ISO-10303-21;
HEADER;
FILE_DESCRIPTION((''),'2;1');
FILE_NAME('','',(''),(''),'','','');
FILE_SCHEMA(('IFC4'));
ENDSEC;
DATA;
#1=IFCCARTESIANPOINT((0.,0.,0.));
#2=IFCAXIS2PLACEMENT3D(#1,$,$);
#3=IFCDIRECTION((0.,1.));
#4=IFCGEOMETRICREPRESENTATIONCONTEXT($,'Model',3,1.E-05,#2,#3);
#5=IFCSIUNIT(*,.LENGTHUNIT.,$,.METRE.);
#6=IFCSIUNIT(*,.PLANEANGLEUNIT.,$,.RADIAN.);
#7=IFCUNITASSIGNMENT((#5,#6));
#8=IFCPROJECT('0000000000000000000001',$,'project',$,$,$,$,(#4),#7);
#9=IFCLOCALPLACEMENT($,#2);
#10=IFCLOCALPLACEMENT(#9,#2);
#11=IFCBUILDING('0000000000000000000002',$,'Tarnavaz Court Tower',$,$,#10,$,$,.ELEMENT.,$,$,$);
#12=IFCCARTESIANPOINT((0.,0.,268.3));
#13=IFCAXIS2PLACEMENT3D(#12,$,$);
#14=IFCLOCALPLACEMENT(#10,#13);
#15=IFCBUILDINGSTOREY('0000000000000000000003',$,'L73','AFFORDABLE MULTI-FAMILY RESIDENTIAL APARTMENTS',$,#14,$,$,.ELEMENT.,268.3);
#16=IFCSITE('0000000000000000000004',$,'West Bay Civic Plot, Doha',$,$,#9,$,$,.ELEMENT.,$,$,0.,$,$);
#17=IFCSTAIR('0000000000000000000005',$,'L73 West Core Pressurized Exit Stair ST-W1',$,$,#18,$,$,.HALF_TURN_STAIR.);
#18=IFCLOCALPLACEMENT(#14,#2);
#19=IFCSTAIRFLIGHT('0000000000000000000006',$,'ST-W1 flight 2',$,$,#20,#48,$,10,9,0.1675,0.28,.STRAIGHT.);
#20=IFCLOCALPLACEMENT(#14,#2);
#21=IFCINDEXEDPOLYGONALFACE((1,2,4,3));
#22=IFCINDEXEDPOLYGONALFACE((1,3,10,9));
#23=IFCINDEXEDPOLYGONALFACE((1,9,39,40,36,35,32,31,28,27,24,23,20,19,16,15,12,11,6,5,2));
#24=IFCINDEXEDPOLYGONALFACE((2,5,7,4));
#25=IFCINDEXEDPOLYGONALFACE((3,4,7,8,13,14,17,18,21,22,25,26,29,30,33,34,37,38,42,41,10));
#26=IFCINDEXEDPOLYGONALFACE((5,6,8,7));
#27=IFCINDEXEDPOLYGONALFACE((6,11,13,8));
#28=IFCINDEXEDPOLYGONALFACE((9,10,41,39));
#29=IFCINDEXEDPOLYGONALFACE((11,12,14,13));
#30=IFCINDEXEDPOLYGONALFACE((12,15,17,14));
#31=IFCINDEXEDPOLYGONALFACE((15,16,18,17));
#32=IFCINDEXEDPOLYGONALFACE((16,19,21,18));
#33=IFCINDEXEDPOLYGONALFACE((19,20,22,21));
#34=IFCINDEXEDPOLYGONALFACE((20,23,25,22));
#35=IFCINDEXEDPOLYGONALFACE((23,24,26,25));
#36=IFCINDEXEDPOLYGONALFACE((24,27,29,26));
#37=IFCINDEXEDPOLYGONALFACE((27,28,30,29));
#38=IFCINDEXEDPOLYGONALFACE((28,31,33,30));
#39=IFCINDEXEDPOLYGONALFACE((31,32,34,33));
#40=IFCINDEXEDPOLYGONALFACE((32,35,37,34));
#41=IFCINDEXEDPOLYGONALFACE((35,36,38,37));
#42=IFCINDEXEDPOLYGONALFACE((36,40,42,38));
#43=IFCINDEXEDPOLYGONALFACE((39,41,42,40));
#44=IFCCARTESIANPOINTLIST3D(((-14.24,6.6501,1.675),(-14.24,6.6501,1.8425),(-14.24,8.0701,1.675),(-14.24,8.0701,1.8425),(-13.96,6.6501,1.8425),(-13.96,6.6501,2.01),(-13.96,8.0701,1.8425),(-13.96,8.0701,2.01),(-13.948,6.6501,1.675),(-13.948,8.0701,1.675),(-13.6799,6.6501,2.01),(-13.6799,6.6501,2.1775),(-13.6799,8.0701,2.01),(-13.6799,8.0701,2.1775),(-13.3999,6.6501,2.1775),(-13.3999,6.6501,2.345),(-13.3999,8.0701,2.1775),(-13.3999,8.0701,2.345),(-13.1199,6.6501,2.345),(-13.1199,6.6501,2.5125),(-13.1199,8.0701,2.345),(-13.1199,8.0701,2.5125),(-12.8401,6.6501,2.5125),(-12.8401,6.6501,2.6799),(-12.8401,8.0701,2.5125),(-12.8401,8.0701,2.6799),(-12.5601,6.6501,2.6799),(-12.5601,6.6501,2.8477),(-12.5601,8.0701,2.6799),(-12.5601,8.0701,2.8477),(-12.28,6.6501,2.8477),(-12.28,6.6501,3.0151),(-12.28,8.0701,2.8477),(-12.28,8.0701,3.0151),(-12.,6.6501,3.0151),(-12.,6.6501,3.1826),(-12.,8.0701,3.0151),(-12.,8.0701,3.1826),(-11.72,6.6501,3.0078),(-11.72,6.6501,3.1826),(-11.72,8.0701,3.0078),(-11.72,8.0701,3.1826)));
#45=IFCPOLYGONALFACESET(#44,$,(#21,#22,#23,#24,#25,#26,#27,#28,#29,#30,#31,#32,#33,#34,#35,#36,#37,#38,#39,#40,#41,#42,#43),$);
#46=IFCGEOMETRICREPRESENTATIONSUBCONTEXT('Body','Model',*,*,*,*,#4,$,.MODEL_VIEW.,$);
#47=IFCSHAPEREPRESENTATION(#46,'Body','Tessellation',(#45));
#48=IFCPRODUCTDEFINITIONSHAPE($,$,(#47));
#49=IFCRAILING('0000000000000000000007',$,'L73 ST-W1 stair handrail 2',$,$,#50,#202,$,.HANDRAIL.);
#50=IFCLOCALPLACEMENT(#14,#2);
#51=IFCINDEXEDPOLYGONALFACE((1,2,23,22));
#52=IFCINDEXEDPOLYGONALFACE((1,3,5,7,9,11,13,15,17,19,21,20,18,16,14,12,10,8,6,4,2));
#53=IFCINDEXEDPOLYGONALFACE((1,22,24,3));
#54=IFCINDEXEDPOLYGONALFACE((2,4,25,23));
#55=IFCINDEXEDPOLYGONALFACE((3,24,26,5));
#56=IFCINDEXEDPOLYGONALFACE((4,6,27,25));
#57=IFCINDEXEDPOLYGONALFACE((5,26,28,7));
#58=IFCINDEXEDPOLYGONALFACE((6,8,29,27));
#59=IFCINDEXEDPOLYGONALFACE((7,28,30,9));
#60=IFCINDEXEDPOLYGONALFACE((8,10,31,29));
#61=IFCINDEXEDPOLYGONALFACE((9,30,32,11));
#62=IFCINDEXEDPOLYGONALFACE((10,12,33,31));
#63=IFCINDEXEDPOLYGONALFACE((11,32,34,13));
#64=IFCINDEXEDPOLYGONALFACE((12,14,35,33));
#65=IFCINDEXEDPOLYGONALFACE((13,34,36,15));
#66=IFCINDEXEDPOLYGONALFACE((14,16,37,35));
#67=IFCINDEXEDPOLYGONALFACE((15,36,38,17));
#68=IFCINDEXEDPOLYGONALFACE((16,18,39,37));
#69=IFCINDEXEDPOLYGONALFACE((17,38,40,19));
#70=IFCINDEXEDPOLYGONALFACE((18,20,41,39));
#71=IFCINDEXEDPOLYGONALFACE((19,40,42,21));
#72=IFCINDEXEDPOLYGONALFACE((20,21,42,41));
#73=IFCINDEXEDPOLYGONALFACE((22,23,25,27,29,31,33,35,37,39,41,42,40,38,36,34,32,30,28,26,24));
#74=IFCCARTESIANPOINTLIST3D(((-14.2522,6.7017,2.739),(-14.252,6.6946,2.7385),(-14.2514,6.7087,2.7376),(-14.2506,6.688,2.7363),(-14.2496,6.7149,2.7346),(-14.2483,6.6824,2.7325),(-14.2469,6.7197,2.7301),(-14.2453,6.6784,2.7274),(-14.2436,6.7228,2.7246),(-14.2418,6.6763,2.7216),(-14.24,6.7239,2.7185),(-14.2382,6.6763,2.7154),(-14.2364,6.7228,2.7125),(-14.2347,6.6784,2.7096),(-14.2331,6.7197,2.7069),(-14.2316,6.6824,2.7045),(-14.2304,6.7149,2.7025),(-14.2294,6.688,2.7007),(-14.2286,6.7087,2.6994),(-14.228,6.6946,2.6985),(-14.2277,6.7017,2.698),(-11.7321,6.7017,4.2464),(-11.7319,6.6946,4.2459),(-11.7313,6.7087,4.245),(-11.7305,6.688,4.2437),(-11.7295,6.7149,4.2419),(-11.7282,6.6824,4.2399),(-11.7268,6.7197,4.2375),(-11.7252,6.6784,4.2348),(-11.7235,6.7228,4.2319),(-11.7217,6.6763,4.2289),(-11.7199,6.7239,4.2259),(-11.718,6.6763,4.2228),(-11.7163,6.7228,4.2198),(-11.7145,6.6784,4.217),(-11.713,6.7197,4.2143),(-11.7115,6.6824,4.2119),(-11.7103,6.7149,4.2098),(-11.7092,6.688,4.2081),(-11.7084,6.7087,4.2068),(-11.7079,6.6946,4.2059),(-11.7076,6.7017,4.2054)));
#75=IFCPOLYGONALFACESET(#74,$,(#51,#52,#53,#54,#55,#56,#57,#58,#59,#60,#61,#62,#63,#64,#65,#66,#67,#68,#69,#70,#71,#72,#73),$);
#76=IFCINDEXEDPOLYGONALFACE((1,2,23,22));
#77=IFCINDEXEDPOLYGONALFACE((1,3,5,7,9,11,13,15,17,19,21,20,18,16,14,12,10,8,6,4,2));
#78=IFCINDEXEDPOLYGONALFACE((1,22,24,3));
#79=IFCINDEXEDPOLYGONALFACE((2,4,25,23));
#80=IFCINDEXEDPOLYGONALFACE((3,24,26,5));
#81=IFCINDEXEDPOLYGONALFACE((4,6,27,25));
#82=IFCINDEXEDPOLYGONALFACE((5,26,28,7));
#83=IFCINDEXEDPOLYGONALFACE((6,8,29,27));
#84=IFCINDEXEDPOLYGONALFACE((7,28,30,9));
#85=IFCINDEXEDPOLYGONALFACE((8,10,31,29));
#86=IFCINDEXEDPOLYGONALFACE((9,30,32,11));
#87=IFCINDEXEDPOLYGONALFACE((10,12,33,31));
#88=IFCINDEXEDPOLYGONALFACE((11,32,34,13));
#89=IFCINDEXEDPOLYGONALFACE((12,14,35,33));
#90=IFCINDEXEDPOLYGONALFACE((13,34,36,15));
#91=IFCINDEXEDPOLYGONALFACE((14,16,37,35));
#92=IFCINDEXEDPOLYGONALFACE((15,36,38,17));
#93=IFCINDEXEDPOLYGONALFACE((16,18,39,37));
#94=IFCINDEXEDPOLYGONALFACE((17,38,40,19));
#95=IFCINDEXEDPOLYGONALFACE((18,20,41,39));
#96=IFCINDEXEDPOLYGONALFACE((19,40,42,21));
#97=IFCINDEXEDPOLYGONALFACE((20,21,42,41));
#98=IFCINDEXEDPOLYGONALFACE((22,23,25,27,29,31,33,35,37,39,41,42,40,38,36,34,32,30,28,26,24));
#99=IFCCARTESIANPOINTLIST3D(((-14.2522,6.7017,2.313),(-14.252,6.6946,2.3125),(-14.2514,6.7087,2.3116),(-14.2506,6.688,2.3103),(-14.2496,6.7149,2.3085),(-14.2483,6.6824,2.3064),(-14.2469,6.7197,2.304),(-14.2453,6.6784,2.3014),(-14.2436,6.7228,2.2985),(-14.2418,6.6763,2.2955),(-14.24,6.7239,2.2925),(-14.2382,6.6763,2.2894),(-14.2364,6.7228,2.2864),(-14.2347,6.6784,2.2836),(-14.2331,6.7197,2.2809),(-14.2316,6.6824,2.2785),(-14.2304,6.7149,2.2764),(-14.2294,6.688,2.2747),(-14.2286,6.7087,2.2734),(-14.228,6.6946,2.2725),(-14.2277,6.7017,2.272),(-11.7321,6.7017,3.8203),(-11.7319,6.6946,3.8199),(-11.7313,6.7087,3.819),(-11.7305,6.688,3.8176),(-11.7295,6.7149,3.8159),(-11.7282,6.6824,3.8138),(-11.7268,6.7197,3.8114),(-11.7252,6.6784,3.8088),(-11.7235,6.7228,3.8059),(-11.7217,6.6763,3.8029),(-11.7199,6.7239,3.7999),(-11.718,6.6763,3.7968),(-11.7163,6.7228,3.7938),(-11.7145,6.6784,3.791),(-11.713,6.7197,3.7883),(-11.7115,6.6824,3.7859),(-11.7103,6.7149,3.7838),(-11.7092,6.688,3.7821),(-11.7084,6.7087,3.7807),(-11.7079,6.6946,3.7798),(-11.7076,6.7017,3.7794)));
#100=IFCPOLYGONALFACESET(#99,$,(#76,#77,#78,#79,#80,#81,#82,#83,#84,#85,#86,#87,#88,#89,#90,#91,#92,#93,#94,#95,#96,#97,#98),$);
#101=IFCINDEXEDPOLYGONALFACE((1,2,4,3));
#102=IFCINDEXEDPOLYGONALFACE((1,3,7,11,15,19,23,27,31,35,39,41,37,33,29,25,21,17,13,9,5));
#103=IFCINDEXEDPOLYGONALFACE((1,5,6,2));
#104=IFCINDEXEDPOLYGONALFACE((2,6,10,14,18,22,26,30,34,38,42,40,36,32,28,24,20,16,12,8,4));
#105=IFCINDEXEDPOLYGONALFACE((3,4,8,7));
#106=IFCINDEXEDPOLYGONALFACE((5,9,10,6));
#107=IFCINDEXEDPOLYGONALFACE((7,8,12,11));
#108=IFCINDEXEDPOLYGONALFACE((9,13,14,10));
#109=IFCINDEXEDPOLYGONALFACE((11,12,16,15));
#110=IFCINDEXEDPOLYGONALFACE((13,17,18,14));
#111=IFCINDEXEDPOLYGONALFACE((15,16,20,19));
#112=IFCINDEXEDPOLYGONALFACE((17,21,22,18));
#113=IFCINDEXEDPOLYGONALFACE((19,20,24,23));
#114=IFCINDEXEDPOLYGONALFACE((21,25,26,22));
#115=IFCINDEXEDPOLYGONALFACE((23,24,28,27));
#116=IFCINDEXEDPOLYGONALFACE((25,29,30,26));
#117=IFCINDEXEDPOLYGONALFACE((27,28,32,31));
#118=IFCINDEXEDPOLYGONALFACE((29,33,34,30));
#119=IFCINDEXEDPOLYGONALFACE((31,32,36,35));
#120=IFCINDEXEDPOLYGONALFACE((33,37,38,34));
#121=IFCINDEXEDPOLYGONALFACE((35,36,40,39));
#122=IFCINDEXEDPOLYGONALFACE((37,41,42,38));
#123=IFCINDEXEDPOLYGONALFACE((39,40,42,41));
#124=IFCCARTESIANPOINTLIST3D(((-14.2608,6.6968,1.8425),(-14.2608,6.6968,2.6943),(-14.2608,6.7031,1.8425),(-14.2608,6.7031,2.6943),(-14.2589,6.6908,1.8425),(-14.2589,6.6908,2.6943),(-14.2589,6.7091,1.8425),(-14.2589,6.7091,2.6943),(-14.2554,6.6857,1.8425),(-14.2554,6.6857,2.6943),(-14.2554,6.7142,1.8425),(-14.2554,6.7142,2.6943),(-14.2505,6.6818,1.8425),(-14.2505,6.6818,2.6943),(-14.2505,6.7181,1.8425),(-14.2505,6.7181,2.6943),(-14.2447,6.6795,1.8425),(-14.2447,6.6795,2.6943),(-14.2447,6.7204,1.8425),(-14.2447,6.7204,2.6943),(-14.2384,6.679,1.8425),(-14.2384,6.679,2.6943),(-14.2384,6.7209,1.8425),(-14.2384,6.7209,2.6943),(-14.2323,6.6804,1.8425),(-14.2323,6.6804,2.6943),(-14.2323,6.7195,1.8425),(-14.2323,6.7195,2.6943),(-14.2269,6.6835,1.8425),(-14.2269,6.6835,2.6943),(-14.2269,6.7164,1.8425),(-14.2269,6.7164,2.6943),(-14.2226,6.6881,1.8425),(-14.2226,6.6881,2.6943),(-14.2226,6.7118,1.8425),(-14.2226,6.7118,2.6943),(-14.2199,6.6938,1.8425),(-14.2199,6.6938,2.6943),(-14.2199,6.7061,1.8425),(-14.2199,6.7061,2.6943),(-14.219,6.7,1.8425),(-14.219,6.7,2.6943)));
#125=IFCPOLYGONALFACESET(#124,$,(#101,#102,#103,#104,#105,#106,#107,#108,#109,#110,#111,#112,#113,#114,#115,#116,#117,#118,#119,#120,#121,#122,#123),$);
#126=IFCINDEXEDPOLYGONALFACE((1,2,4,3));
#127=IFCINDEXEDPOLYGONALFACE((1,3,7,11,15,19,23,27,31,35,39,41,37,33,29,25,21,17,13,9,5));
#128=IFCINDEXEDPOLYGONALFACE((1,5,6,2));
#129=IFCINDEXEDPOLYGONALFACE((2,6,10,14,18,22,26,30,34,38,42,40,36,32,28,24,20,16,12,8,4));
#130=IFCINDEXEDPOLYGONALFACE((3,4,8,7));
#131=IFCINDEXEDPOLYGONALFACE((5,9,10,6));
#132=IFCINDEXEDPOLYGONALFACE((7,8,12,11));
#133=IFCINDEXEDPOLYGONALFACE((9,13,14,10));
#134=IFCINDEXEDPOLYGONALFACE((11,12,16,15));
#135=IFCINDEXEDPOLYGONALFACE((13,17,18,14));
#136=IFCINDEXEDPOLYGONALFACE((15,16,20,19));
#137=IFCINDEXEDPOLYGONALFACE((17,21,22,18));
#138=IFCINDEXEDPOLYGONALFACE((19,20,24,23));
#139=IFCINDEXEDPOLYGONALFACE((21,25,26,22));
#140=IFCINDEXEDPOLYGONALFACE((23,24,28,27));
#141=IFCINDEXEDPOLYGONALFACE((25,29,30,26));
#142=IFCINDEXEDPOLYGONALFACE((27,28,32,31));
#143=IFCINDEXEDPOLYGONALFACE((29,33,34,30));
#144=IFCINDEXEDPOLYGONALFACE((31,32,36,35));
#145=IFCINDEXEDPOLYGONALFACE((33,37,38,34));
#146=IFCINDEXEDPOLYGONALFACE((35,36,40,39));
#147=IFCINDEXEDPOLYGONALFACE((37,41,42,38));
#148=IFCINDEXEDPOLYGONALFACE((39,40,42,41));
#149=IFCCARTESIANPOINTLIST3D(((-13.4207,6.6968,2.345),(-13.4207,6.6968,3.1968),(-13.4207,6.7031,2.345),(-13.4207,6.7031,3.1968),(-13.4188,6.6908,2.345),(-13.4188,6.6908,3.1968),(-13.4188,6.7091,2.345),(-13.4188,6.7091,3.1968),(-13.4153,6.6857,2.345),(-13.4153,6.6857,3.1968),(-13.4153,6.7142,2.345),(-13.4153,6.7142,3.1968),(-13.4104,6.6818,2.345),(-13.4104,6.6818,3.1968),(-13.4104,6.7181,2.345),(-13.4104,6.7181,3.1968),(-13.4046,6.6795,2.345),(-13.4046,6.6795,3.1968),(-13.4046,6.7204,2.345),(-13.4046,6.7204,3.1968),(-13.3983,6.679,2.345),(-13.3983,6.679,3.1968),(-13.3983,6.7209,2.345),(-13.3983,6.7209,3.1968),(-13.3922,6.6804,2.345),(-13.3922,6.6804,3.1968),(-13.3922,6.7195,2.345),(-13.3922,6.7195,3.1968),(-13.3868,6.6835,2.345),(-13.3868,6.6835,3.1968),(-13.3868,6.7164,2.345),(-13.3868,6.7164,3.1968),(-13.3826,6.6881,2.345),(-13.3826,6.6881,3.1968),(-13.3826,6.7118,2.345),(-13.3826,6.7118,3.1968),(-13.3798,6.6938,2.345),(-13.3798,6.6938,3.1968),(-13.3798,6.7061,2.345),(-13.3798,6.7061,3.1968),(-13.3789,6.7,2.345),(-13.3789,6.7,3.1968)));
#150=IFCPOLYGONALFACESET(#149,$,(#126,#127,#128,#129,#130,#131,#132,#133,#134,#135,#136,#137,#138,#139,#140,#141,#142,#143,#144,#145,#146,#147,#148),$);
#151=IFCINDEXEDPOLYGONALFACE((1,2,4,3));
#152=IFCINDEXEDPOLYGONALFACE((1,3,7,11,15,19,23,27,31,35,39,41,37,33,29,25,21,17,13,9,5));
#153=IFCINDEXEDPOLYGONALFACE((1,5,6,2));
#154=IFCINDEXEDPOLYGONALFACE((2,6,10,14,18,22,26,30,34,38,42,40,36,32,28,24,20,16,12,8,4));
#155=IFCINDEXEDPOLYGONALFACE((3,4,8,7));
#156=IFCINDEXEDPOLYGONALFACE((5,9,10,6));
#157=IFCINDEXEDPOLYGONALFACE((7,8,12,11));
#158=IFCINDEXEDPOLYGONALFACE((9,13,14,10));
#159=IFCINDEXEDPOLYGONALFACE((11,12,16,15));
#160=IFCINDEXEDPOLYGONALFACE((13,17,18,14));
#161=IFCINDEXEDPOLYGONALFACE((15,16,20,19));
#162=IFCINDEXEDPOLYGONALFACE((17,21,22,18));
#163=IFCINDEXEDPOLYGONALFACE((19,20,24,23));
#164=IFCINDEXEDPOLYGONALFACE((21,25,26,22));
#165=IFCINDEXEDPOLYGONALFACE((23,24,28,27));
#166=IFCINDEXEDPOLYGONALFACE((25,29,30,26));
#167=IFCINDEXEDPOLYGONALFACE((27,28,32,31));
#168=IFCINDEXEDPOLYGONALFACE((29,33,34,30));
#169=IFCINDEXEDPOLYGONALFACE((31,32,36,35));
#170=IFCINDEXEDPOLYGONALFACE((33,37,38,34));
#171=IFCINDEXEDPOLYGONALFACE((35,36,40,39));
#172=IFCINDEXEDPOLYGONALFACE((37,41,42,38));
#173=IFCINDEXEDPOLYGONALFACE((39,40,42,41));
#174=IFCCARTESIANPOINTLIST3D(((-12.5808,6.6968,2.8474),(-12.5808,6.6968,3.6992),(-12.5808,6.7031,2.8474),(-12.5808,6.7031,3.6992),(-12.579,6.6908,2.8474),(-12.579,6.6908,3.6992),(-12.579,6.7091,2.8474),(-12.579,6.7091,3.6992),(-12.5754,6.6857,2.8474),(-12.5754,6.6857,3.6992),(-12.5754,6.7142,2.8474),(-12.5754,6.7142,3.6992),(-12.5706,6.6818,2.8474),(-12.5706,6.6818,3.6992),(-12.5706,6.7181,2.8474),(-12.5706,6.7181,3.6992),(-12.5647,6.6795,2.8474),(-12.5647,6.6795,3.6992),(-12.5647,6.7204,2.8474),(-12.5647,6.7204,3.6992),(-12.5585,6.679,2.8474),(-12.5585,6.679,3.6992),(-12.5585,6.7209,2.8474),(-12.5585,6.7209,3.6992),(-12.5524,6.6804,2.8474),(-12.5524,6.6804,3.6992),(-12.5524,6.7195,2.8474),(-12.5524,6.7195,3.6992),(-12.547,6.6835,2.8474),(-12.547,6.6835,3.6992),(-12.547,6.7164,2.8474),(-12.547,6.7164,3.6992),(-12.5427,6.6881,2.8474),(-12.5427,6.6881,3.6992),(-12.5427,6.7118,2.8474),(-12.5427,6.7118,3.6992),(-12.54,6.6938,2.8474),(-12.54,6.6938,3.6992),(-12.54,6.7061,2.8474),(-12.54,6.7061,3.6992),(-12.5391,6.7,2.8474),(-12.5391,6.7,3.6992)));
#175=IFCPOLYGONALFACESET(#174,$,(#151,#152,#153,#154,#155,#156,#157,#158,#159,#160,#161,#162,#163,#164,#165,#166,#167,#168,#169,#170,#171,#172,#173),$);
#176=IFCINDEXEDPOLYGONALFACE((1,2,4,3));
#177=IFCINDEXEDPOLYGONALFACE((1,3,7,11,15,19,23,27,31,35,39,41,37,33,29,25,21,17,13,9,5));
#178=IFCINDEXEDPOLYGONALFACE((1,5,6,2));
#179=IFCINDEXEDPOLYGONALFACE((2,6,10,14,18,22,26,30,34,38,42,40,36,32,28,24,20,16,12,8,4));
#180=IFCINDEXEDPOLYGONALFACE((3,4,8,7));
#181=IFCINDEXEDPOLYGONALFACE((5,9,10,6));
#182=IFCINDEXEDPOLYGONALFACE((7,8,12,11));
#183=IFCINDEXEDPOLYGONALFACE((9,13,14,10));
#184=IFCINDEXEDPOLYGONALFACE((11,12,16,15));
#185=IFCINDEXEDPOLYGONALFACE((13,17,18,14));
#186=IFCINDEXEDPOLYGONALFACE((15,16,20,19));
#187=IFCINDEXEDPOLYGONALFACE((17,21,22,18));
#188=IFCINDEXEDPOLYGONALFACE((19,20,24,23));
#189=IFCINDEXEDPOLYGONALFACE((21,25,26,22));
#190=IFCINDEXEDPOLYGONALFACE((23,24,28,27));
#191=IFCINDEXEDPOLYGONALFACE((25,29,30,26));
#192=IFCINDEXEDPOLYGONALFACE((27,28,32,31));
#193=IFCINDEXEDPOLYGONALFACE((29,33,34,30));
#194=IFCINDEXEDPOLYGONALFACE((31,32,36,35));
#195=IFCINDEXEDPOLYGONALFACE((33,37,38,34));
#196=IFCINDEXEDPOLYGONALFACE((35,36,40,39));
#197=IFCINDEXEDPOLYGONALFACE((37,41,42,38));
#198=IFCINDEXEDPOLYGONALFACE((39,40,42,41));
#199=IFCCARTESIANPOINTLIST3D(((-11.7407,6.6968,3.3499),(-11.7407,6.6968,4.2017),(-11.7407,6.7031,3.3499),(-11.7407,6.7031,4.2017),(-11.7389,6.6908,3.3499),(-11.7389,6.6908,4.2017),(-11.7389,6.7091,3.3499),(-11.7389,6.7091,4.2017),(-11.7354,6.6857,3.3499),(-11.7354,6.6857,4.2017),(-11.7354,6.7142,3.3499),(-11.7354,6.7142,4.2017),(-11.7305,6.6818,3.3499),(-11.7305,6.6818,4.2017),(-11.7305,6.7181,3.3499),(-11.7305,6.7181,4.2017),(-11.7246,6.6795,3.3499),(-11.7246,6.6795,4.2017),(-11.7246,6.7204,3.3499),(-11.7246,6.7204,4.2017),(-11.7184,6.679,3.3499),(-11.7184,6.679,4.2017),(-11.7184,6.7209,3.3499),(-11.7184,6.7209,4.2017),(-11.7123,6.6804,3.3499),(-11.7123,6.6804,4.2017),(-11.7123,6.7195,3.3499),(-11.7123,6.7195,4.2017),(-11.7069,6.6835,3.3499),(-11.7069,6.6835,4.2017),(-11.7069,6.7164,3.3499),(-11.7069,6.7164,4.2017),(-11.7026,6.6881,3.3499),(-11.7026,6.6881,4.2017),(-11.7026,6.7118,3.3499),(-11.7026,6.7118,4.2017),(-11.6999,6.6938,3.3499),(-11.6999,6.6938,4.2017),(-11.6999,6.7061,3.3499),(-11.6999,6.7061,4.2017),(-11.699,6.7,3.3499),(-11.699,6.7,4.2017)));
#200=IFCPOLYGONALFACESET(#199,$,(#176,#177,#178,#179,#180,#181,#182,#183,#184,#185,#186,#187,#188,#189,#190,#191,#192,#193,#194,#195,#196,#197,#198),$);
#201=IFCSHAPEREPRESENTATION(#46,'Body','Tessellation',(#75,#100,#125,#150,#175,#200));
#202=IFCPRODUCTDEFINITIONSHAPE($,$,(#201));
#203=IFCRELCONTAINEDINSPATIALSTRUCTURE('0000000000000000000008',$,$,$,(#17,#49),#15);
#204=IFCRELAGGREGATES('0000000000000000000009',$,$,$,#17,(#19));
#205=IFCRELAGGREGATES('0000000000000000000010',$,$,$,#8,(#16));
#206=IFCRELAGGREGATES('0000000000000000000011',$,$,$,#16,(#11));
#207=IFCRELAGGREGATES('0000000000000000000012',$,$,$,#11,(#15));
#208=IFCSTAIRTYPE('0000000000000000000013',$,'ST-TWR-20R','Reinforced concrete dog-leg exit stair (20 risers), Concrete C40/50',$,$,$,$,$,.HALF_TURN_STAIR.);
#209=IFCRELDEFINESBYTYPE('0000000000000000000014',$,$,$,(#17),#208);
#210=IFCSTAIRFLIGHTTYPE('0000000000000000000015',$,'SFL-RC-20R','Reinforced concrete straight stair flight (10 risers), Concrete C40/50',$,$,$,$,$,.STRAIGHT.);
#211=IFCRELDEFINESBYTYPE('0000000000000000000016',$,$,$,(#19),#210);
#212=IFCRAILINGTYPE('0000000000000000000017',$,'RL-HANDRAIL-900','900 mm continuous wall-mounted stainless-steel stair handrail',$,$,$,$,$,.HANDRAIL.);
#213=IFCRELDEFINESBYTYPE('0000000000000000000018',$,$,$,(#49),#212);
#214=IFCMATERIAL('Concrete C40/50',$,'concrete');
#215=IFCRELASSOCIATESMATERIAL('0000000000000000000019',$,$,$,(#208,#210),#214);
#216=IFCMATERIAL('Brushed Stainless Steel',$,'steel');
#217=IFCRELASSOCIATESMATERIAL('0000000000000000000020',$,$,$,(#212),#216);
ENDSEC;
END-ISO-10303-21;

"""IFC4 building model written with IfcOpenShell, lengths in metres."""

from ifc_helpers import new_model, si_unit, direction, frame, origin, origin_2d, place, context, subcontext, project, spatial, polyline, circle, outline, extrude, material, type_object, element, aggregate, save


model = new_model("IFC4")

# Units and contexts
model_context = context("Model", 3, precision=1e-05, world=origin(), true_north=direction((0.0, 1.0)))
body_context = subcontext(model_context, "Body", "Model", "MODEL_VIEW")
ifc_project = project(units=[si_unit("LENGTHUNIT", "METRE"), si_unit("PLANEANGLEUNIT", "RADIAN")], contexts=[model_context])

# Site, building, storey
site_placement = place(None, origin())
site = spatial("IfcSite", under=ifc_project, at=site_placement, Name="West Bay Civic Plot, Doha", CompositionType="ELEMENT", RefElevation=0.0)
building_placement = place(site_placement, origin())
building = spatial("IfcBuilding", under=site, at=building_placement, Name="Tarnavaz Court Tower", CompositionType="ELEMENT")
storey_placement = place(building_placement, frame((0.0, 0.0, 268.3)))
storey = spatial("IfcBuildingStorey", under=building, at=storey_placement, Name="L73", Description="AFFORDABLE MULTI-FAMILY RESIDENTIAL APARTMENTS", CompositionType="ELEMENT", Elevation=268.3)

# Stair, stair flight
ifc_material_1 = material(Name="Concrete C40/50", Category="concrete")
stair_type = type_object("IfcStairType", Name="ST-TWR-20R", Description="Reinforced concrete dog-leg exit stair (20 risers), Concrete C40/50", PredefinedType="HALF_TURN_STAIR", material=ifc_material_1)
stair_placement = place(storey_placement, origin())
stair = element("IfcStair", 1, at=stair_placement, inside=storey, type_object=stair_type, Name="L73 West Core Pressurized Exit Stair ST-W1", PredefinedType="HALF_TURN_STAIR")
stair_flight_type = type_object("IfcStairFlightType", Name="SFL-RC-20R", Description="Reinforced concrete straight stair flight (10 risers), Concrete C40/50", PredefinedType="STRAIGHT", material=ifc_material_1)
stair_flight_placement = place(storey_placement, frame((-14.24, 7.3601, 1.675), z_axis=(0.0, 0.0, 1.0), x_axis=(1.0, 0.0, 0.0)))
stair_flight = element("IfcStairFlight", 2, at=stair_flight_placement, type_object=stair_flight_type, Name="ST-W1 flight 2", NumberOfRisers=10, NumberOfTreads=9, PredefinedType="STRAIGHT", RiserHeight=0.1675, TreadLength=0.28, context=body_context, shape_type="SweptSolid", body=[
    extrude(outline(polyline([(0.0, 0.0), (0.0, 0.1675), (0.28, 0.1675), (0.28, 0.335), (0.5601, 0.335), (0.5601, 0.5024), (0.8401, 0.5024), (0.8401, 0.6699), (1.1201, 0.6699), (1.1201, 0.8374), (1.3999, 0.8374), (1.3999, 1.0049), (1.6799, 1.0049), (1.6799, 1.1726), (1.96, 1.1726), (1.96, 1.3401), (2.24, 1.3401), (2.24, 1.5076), (2.52, 1.5076), (2.52, 1.675), (2.52, 1.3328), (0.292, 0.0), (0.0, 0.0)])), frame((0.0, 0.71, 0.0), z_axis=(0.0, -1.0, 0.0), x_axis=(1.0, 0.0, 0.0)), (0.0, 0.0, 1.0), 1.4199),
])
aggregate(stair, [stair_flight])

# Railing
ifc_material_2 = material(Name="Brushed Stainless Steel", Category="steel")
railing_type_1 = type_object("IfcRailingType", Name="RL-HANDRAIL-900", Description="900 mm continuous wall-mounted stainless-steel stair handrail", PredefinedType="HANDRAIL", material=ifc_material_2)
railing_1_placement = place(storey_placement, frame((-14.24, 6.7, 1.8425)))
element("IfcRailing", 3, at=railing_1_placement, inside=storey, type_object=railing_type_1, Name="L73 ST-W1 stair handrail 2", PredefinedType="HANDRAIL", context=body_context, shape_type="SweptSolid", body=[
    extrude(circle(Radius=0.0239, at=origin_2d()), frame((0.0, 0.0, 0.876), z_axis=(0.858196, 0.0, 0.513321), x_axis=(0.0, 1.0, 0.0)), (0.0, 0.0, 1.0), 2.9365),
    extrude(circle(Radius=0.0239, at=origin_2d()), frame((0.0, 0.0, 0.45), z_axis=(0.858196, 0.0, 0.513321), x_axis=(0.0, 1.0, 0.0)), (0.0, 0.0, 1.0), 2.9365),
    extrude(circle(Radius=0.021, at=origin_2d()), origin(), (0.0, 0.0, 1.0), 0.8518),
    extrude(circle(Radius=0.021, at=origin_2d()), frame((0.8401, 0.0, 0.5024)), (0.0, 0.0, 1.0), 0.8518),
    extrude(circle(Radius=0.021, at=origin_2d()), frame((1.6799, 0.0, 1.0049)), (0.0, 0.0, 1.0), 0.8518),
    extrude(circle(Radius=0.021, at=origin_2d()), frame((2.52, 0.0, 1.5073)), (0.0, 0.0, 1.0), 0.8518),
])

save(model, "model.ifc")
